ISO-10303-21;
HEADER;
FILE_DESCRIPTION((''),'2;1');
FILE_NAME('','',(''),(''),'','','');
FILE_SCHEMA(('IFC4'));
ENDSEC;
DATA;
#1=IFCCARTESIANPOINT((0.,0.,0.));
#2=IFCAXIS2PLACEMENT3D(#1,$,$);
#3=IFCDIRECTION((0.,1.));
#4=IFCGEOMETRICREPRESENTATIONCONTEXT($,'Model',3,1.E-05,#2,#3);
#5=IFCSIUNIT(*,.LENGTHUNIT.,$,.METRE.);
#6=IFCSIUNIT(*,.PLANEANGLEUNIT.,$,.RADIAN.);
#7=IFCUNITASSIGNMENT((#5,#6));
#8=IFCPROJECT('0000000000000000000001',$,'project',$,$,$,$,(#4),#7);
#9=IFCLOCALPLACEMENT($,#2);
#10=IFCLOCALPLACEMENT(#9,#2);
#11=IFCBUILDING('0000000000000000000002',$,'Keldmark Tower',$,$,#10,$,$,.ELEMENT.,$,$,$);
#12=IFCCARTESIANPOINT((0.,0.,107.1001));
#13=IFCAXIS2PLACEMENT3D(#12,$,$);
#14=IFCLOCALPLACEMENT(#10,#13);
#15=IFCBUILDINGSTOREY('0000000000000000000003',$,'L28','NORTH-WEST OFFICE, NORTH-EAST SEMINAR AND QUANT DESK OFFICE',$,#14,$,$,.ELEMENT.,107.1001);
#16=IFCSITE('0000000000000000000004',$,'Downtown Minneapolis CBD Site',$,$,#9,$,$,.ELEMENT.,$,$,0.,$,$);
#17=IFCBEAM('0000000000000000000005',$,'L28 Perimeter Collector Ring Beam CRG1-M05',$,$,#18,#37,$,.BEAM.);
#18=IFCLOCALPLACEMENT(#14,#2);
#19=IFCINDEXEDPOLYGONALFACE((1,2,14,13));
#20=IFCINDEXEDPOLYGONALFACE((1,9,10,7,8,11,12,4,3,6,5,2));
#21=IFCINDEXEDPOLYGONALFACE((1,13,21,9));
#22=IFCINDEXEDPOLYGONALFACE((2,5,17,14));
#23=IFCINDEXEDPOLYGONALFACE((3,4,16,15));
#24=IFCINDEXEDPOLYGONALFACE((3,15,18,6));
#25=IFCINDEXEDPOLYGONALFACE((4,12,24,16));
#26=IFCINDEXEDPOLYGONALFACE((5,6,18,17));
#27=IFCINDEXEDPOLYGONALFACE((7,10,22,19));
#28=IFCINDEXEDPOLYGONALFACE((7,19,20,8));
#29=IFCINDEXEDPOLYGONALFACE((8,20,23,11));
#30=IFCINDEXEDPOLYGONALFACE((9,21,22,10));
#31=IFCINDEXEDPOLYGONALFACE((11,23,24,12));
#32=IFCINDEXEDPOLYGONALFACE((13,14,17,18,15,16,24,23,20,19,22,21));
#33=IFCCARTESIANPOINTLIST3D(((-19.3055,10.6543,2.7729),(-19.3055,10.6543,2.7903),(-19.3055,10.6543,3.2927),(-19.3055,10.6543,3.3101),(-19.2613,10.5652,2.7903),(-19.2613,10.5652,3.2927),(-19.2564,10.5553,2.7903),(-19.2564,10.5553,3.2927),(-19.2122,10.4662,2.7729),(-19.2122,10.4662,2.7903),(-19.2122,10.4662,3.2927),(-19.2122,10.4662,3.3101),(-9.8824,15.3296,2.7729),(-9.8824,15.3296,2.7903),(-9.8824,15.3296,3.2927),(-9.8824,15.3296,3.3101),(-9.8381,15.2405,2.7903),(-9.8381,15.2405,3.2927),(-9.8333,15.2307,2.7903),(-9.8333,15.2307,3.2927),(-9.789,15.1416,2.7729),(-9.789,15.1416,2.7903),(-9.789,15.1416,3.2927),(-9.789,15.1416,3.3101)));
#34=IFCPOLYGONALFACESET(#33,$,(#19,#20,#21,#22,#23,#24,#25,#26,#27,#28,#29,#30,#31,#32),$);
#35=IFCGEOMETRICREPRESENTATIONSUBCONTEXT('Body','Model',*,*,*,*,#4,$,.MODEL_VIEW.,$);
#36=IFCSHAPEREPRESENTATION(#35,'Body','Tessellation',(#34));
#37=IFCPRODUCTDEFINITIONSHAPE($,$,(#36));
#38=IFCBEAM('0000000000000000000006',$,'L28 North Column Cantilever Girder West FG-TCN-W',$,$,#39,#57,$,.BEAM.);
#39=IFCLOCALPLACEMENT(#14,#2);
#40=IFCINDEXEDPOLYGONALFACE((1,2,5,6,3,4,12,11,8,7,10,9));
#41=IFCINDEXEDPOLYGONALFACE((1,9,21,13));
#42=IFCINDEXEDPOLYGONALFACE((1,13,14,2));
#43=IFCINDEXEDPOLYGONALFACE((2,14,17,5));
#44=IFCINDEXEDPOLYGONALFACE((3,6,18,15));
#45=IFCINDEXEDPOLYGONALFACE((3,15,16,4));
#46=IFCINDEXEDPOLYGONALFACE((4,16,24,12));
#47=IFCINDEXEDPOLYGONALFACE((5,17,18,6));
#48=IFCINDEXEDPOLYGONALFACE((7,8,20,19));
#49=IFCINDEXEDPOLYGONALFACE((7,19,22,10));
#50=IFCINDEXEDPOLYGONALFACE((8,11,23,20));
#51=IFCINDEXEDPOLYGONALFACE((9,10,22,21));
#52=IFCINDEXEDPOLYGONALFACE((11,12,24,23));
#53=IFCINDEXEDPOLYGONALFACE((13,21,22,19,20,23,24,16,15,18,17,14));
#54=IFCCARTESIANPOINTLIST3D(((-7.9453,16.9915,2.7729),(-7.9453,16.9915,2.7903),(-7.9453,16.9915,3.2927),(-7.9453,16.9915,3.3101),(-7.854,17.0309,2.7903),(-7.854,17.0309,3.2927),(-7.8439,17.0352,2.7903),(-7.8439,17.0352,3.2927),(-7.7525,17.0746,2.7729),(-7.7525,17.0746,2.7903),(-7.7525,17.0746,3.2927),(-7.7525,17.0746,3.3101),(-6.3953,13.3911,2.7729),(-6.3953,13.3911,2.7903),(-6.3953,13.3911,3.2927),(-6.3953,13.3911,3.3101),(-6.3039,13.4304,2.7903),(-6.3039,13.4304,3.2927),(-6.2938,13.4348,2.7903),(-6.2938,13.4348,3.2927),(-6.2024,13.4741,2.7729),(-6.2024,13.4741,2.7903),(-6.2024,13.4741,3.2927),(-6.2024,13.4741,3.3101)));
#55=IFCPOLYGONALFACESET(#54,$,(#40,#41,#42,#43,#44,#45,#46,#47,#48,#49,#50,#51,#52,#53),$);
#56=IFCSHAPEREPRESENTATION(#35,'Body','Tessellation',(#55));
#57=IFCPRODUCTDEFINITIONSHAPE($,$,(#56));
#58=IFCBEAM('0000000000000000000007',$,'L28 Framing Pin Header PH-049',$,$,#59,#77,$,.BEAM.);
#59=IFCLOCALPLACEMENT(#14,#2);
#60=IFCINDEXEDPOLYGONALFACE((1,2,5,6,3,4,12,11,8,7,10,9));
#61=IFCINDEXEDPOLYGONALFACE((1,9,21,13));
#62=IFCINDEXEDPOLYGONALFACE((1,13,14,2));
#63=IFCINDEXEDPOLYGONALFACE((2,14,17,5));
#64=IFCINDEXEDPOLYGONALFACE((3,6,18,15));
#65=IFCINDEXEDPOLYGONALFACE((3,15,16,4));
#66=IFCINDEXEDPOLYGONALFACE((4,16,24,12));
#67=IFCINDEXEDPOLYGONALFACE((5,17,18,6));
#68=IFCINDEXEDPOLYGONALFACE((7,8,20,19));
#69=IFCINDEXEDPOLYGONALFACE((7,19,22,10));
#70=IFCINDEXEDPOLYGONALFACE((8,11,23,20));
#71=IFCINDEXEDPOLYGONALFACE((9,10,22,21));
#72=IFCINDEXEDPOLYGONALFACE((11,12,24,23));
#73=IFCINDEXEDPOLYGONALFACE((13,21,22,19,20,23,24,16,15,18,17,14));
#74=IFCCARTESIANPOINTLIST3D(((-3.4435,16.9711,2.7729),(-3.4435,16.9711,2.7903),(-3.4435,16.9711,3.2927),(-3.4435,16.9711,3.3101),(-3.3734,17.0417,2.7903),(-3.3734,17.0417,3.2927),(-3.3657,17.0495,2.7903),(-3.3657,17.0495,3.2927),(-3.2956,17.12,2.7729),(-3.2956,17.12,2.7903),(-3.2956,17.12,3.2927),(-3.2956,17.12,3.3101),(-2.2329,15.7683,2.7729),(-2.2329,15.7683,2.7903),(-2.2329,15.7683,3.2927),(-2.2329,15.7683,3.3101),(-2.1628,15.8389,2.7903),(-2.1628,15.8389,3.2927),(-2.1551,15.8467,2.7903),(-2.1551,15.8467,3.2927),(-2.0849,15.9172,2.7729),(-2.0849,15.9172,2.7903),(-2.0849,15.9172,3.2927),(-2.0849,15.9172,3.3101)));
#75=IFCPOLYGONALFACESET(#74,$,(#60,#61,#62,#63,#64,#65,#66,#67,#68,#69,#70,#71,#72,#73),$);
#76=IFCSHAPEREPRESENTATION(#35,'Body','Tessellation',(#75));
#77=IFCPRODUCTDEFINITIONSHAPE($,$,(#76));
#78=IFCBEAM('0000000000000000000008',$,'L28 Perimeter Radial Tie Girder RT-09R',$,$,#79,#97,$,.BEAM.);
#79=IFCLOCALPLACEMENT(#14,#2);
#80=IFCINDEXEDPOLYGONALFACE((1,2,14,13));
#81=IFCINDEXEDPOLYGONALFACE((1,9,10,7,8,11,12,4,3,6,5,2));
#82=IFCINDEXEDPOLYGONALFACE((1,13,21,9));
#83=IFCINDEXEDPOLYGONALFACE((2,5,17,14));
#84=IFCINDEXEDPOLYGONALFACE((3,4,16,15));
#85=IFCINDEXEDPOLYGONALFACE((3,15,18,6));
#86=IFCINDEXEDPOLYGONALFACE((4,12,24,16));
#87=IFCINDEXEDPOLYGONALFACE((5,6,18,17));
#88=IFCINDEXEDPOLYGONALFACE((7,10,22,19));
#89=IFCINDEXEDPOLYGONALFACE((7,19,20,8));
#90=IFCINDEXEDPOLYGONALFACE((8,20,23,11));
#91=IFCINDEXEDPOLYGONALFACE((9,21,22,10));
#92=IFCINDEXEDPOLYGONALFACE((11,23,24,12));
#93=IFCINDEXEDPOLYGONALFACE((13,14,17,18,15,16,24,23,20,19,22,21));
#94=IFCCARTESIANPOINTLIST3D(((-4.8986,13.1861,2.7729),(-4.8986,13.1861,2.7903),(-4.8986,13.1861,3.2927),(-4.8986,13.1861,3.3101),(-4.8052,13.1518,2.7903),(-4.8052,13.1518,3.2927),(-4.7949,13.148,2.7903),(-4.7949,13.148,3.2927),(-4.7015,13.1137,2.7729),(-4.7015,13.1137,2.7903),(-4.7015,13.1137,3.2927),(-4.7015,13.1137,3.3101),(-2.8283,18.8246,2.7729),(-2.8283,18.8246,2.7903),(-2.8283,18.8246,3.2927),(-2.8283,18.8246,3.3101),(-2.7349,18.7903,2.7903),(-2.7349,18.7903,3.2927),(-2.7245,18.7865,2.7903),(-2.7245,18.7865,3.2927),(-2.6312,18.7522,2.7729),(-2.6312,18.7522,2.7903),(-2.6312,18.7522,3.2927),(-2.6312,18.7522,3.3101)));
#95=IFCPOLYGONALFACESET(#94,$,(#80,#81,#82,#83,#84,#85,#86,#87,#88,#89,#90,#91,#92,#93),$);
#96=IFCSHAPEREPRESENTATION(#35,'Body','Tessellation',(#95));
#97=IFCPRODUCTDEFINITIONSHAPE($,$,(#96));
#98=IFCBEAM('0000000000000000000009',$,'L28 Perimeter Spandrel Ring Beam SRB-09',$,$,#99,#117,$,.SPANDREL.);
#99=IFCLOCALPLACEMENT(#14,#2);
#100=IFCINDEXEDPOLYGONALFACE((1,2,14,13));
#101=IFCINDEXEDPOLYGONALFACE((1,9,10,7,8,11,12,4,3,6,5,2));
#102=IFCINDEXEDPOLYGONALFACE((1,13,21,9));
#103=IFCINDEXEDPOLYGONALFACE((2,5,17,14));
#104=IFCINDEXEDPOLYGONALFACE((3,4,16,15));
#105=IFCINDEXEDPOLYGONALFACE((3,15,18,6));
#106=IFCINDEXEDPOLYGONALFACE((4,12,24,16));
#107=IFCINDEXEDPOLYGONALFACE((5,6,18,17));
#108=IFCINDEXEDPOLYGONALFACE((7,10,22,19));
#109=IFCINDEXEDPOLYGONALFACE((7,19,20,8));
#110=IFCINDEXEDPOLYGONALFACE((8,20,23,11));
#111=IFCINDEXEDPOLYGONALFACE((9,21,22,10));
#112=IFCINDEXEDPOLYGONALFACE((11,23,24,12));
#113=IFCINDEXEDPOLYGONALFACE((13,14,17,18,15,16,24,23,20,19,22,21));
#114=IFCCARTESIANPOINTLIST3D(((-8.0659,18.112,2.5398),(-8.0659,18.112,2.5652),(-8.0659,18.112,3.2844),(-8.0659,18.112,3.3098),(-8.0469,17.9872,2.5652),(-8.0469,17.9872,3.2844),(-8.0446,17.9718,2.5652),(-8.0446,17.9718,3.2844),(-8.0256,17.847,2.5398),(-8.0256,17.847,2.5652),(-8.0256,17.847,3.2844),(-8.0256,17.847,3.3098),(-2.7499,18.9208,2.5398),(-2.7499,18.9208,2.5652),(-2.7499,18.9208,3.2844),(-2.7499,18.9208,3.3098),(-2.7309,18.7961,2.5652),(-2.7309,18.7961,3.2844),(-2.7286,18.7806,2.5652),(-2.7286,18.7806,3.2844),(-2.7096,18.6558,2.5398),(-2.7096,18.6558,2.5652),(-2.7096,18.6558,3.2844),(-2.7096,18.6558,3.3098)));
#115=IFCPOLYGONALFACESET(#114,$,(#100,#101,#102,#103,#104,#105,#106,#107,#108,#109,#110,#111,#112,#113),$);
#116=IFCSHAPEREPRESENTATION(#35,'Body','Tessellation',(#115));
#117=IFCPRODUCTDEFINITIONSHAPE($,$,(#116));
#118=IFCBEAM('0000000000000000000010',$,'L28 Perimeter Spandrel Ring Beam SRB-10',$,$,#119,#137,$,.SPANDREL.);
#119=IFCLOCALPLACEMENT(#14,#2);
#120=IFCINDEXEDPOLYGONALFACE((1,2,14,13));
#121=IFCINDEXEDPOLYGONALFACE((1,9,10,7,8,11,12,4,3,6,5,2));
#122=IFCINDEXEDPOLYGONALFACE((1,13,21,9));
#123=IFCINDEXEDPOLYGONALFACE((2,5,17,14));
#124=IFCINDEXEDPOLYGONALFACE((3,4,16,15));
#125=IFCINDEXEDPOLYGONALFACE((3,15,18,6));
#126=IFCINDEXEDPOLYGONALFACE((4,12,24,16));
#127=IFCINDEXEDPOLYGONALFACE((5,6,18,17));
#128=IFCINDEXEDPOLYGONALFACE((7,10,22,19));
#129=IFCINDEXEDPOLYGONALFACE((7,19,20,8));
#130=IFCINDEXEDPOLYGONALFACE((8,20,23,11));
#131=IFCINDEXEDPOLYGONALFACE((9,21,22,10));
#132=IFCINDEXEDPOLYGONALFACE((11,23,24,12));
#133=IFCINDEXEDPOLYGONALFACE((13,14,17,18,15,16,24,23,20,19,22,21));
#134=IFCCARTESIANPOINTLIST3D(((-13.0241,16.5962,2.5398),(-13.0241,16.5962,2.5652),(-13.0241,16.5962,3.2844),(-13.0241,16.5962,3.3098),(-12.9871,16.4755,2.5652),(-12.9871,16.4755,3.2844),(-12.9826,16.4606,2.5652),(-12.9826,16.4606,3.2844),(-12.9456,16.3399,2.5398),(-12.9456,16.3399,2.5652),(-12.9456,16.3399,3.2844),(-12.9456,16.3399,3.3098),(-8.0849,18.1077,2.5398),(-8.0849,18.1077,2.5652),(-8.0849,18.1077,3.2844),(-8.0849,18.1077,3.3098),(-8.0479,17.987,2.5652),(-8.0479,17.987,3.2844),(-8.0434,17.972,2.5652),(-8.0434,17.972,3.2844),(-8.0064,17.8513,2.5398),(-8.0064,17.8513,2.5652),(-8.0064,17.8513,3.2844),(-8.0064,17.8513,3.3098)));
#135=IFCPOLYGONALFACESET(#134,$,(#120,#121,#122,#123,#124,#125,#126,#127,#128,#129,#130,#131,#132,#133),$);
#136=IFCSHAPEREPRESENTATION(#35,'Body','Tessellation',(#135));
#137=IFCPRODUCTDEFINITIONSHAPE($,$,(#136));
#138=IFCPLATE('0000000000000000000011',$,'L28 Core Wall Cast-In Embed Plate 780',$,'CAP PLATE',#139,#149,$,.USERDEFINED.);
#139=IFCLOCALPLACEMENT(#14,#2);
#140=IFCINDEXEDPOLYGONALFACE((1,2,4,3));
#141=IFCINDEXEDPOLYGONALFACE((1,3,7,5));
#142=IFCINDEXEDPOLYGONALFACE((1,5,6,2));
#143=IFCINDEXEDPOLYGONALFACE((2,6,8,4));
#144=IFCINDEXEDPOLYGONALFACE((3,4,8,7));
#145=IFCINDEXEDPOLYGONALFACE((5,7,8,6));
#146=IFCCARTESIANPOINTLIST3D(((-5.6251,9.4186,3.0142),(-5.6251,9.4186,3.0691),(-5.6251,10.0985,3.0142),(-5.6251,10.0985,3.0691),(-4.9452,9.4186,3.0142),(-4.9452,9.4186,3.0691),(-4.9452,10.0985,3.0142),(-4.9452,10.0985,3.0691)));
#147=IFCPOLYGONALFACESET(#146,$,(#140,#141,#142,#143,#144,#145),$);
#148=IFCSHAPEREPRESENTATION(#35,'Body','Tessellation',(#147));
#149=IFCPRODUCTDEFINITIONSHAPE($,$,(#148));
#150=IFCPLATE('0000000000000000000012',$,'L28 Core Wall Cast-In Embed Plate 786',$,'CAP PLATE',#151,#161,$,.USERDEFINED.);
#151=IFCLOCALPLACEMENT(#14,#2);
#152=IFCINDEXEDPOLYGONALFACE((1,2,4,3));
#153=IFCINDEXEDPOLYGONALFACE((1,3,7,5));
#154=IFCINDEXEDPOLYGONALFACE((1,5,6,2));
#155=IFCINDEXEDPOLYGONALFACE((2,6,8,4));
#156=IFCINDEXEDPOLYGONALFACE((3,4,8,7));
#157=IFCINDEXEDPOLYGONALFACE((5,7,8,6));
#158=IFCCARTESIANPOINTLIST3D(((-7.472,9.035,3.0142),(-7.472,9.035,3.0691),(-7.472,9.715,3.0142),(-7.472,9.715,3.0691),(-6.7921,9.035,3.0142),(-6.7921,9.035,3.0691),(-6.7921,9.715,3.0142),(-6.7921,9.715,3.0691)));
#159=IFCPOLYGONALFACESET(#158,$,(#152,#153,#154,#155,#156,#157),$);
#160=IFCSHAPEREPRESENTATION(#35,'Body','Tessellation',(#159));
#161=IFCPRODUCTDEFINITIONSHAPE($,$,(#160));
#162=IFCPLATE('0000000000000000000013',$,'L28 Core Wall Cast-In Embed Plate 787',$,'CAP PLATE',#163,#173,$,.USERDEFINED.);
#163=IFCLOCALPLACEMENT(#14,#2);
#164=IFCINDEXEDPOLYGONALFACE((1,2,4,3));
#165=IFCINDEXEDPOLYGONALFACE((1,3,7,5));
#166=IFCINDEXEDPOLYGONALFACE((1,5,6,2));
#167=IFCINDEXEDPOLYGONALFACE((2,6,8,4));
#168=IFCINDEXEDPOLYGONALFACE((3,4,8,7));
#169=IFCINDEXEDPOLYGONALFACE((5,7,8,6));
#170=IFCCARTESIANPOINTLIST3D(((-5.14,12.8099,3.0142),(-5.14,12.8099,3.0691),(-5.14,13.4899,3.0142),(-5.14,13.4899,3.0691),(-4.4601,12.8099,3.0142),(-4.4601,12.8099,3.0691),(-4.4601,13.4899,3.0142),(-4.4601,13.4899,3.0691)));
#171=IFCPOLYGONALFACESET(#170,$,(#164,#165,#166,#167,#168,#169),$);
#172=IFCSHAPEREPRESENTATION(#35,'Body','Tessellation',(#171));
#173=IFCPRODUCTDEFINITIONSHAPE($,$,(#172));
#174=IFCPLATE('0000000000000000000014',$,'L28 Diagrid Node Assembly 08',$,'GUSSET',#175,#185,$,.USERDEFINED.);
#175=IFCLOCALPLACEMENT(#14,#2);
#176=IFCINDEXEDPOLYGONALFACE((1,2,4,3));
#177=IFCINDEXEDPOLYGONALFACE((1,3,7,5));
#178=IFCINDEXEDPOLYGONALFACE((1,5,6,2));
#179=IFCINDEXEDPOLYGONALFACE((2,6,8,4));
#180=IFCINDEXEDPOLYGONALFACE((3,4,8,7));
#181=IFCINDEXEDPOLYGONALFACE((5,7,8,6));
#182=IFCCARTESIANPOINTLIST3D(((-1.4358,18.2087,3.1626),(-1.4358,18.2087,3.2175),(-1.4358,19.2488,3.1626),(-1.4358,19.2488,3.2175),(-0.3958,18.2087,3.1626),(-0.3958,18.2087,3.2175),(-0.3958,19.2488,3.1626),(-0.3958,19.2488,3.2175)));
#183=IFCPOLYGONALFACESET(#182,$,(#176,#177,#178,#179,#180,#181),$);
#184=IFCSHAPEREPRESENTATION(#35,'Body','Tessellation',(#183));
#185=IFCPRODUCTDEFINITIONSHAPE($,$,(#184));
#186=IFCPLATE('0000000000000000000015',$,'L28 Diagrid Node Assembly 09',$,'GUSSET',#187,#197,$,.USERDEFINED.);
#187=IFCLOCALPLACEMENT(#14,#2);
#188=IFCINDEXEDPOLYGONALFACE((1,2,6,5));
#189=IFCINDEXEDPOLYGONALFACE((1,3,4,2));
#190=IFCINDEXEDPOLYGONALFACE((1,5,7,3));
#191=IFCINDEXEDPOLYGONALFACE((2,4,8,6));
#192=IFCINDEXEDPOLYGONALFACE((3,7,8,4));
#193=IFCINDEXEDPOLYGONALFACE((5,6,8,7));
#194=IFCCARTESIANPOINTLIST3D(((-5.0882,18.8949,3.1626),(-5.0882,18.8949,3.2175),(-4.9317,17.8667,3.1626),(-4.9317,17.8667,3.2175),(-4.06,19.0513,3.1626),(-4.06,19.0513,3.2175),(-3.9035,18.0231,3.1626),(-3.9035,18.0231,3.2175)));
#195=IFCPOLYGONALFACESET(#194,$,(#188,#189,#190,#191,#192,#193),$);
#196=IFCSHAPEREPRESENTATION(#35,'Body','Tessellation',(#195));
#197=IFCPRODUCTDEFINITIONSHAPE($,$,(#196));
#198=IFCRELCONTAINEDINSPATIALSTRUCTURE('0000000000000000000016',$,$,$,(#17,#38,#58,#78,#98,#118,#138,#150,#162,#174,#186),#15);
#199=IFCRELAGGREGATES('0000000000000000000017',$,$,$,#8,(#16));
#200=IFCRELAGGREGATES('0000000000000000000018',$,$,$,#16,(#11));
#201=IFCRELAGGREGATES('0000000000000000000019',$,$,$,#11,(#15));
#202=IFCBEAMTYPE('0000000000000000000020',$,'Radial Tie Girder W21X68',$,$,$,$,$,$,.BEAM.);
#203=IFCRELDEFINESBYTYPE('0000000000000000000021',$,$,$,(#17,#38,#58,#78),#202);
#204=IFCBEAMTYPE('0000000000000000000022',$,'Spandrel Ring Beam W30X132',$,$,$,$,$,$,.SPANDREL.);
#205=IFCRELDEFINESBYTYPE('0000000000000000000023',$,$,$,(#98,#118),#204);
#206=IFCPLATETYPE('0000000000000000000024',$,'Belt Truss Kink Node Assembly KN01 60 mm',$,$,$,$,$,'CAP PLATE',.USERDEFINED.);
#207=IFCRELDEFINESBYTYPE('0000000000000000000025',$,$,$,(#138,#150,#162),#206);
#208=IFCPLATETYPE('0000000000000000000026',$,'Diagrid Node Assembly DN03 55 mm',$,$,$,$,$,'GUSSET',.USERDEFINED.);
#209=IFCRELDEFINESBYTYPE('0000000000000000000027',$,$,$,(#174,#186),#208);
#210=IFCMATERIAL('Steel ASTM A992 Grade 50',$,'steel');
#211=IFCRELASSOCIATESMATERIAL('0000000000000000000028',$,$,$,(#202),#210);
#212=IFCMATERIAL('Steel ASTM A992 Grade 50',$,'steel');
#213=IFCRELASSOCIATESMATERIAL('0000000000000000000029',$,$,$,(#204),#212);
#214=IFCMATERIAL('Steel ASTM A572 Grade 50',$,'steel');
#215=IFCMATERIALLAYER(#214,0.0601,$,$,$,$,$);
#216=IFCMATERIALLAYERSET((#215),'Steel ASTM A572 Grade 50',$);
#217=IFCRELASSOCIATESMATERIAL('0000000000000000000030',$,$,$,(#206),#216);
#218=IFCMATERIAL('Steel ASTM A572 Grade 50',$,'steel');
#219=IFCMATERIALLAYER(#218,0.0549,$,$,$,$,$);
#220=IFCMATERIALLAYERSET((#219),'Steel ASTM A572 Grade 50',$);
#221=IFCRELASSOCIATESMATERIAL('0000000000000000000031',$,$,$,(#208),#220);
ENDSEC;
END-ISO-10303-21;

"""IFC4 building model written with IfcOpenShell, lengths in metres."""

from ifc_helpers import new_model, si_unit, direction, frame, origin, origin_2d, place, context, subcontext, project, spatial, rectangle, i_section, extrude, material, layer, layer_set, material_profile, profile_set, type_object, element, save


model = new_model("IFC4")

# Units and contexts
model_context = context("Model", 3, precision=1e-05, world=origin(), true_north=direction((0.0, 1.0)))
body_context = subcontext(model_context, "Body", "Model", "MODEL_VIEW")
ifc_project = project(units=[si_unit("LENGTHUNIT", "METRE"), si_unit("PLANEANGLEUNIT", "RADIAN")], contexts=[model_context])

# Site, building, storey
site_placement = place(None, origin())
site = spatial("IfcSite", under=ifc_project, at=site_placement, Name="Downtown Minneapolis CBD Site", CompositionType="ELEMENT", RefElevation=0.0)
building_placement = place(site_placement, origin())
building = spatial("IfcBuilding", under=site, at=building_placement, Name="Keldmark Tower", CompositionType="ELEMENT")
storey_placement = place(building_placement, frame((0.0, 0.0, 107.1001)))
storey = spatial("IfcBuildingStorey", under=building, at=storey_placement, Name="L28", Description="NORTH-WEST OFFICE, NORTH-EAST SEMINAR AND QUANT DESK OFFICE", CompositionType="ELEMENT", Elevation=107.1001)

# Beams
ifc_material_1 = material(Name="Steel ASTM A992 Grade 50", Category="steel")
ifc_material_profile_1 = material_profile(ifc_material_1, i_section(OverallWidth=0.21, OverallDepth=0.5371, WebThickness=0.011, FlangeThickness=0.0173, at=origin_2d()), Name="W21X68")
ifc_profile_set_1 = profile_set([ifc_material_profile_1], Name="Steel ASTM A992 Grade 50")
beam_type_1 = type_object("IfcBeamType", Name="Radial Tie Girder W21X68", PredefinedType="BEAM", material=ifc_profile_set_1)
beam_1_placement = place(storey_placement, frame((-9.8357, 15.2356, 3.0415), z_axis=(-0.895802, -0.444454, 0.0), x_axis=(0.444454, -0.895802, 0.0)))
element("IfcBeam", 1, at=beam_1_placement, inside=storey, type_object=beam_type_1, Name="L28 Perimeter Collector Ring Beam CRG1-M05", PredefinedType="BEAM", context=body_context, shape_type="SweptSolid", body=[
    extrude(i_section(OverallWidth=0.21, OverallDepth=0.5371, WebThickness=0.011, FlangeThickness=0.0173, at=origin_2d()), origin(), (0.0, 0.0, 1.0), 10.5193),
])
beam_2_placement = place(storey_placement, frame((-6.2988, 13.4326, 3.0415), z_axis=(-0.395437, 0.918493, 0.0), x_axis=(-0.918493, -0.395437, 0.0)))
element("IfcBeam", 2, at=beam_2_placement, inside=storey, type_object=beam_type_1, Name="L28 North Column Cantilever Girder West FG-TCN-W", PredefinedType="BEAM", context=body_context, shape_type="SweptSolid", body=[
    extrude(i_section(OverallWidth=0.21, OverallDepth=0.5371, WebThickness=0.011, FlangeThickness=0.0173, at=origin_2d()), origin(), (0.0, 0.0, 1.0), 3.9199),
])
beam_3_placement = place(storey_placement, frame((-2.1589, 15.8428, 3.0415), z_axis=(-0.709392, 0.704814, 0.0), x_axis=(-0.704814, -0.709392, 0.0)))
element("IfcBeam", 3, at=beam_3_placement, inside=storey, type_object=beam_type_1, Name="L28 Framing Pin Header PH-049", PredefinedType="BEAM", context=body_context, shape_type="SweptSolid", body=[
    extrude(i_section(OverallWidth=0.21, OverallDepth=0.5371, WebThickness=0.011, FlangeThickness=0.0173, at=origin_2d()), origin(), (0.0, 0.0, 1.0), 1.7065),
])
beam_4_placement = place(storey_placement, frame((-4.8, 13.1499, 3.0415), z_axis=(0.344679, 0.938721, 0.0), x_axis=(-0.938721, 0.344679, 0.0)))
element("IfcBeam", 4, at=beam_4_placement, inside=storey, type_object=beam_type_1, Name="L28 Perimeter Radial Tie Girder RT-09R", PredefinedType="BEAM", context=body_context, shape_type="SweptSolid", body=[
    extrude(i_section(OverallWidth=0.21, OverallDepth=0.5371, WebThickness=0.011, FlangeThickness=0.0173, at=origin_2d()), origin(), (0.0, 0.0, 1.0), 6.0066),
])
ifc_material_2 = material(Name="Steel ASTM A992 Grade 50", Category="steel")
ifc_material_profile_2 = material_profile(ifc_material_2, i_section(OverallWidth=0.2681, OverallDepth=0.77, WebThickness=0.0156, FlangeThickness=0.0254, at=origin_2d()), Name="W30X132")
ifc_profile_set_2 = profile_set([ifc_material_profile_2], Name="Steel ASTM A992 Grade 50")
beam_type_2 = type_object("IfcBeamType", Name="Spandrel Ring Beam W30X132", PredefinedType="SPANDREL", material=ifc_profile_set_2)
beam_5_placement = place(storey_placement, frame((-2.7297, 18.7883, 2.9248), z_axis=(-0.988622, -0.150423, 0.0), x_axis=(0.150423, -0.988622, 0.0)))
element("IfcBeam", 5, at=beam_5_placement, inside=storey, type_object=beam_type_2, Name="L28 Perimeter Spandrel Ring Beam SRB-09", PredefinedType="SPANDREL", context=body_context, shape_type="SweptSolid", body=[
    extrude(i_section(OverallWidth=0.2681, OverallDepth=0.77, WebThickness=0.0156, FlangeThickness=0.0254, at=origin_2d()), origin(), (0.0, 0.0, 1.0), 5.3772),
])
beam_6_placement = place(storey_placement, frame((-8.0457, 17.9795, 2.9248), z_axis=(-0.956229, -0.292621, 0.0), x_axis=(0.292621, -0.956229, 0.0)))
element("IfcBeam", 6, at=beam_6_placement, inside=storey, type_object=beam_type_2, Name="L28 Perimeter Spandrel Ring Beam SRB-10", PredefinedType="SPANDREL", context=body_context, shape_type="SweptSolid", body=[
    extrude(i_section(OverallWidth=0.2681, OverallDepth=0.77, WebThickness=0.0156, FlangeThickness=0.0254, at=origin_2d()), origin(), (0.0, 0.0, 1.0), 5.1653),
])

# Plates
ifc_material_3 = material(Name="Steel ASTM A572 Grade 50", Category="steel")
ifc_layer_1 = layer(ifc_material_3, 0.0601)
ifc_layer_set_1 = layer_set([ifc_layer_1], Name="Steel ASTM A572 Grade 50")
plate_type_1 = type_object("IfcPlateType", Name="Belt Truss Kink Node Assembly KN01 60 mm", ElementType="CAP PLATE", PredefinedType="USERDEFINED", material=ifc_layer_set_1)
for number, where, z_axis, x_axis, name in (
    (7, (-5.2852, 9.7585, 3.0142), (0.0, 0.0, 1.0), (1.0, 0.0, 0.0), "L28 Core Wall Cast-In Embed Plate 780"),
    (8, (-7.1321, 9.375, 3.0142), (0.0, 0.0, 1.0), (1.0, 0.0, 0.0), "L28 Core Wall Cast-In Embed Plate 786"),
    (9, (-4.8, 13.1499, 3.0142), (0.0, 0.0, 1.0), (1.0, 0.0, 0.0), "L28 Core Wall Cast-In Embed Plate 787"),
):
    element("IfcPlate", number, at=place(storey_placement, frame(where, z_axis=z_axis, x_axis=x_axis)), inside=storey, type_object=plate_type_1, Name=name, ObjectType="CAP PLATE", PredefinedType="USERDEFINED", context=body_context, shape_type="SweptSolid", body=[
        extrude(rectangle(XDim=0.6799, YDim=0.6799, at=origin_2d()), origin(), (0.0, 0.0, 1.0), 0.0549),
    ])
ifc_material_4 = material(Name="Steel ASTM A572 Grade 50", Category="steel")
ifc_layer_2 = layer(ifc_material_4, 0.0549)
ifc_layer_set_2 = layer_set([ifc_layer_2], Name="Steel ASTM A572 Grade 50")
plate_type_2 = type_object("IfcPlateType", Name="Diagrid Node Assembly DN03 55 mm", ElementType="GUSSET", PredefinedType="USERDEFINED", material=ifc_layer_set_2)
for number, where, z_axis, x_axis, name in (
    (10, (-0.9158, 18.7288, 3.1626), (0.0, 0.0, 1.0), (-1.0, 0.0, 0.0), "L28 Diagrid Node Assembly 08"),
    (11, (-4.4958, 18.459, 3.1626), (0.0, 0.0, 1.0), (-0.988626, -0.150398, 0.0), "L28 Diagrid Node Assembly 09"),
):
    element("IfcPlate", number, at=place(storey_placement, frame(where, z_axis=z_axis, x_axis=x_axis)), inside=storey, type_object=plate_type_2, Name=name, ObjectType="GUSSET", PredefinedType="USERDEFINED", context=body_context, shape_type="SweptSolid", body=[
        extrude(rectangle(XDim=1.04, YDim=1.04, at=origin_2d()), origin(), (0.0, 0.0, 1.0), 0.0549),
    ])

save(model, "model.ifc")
